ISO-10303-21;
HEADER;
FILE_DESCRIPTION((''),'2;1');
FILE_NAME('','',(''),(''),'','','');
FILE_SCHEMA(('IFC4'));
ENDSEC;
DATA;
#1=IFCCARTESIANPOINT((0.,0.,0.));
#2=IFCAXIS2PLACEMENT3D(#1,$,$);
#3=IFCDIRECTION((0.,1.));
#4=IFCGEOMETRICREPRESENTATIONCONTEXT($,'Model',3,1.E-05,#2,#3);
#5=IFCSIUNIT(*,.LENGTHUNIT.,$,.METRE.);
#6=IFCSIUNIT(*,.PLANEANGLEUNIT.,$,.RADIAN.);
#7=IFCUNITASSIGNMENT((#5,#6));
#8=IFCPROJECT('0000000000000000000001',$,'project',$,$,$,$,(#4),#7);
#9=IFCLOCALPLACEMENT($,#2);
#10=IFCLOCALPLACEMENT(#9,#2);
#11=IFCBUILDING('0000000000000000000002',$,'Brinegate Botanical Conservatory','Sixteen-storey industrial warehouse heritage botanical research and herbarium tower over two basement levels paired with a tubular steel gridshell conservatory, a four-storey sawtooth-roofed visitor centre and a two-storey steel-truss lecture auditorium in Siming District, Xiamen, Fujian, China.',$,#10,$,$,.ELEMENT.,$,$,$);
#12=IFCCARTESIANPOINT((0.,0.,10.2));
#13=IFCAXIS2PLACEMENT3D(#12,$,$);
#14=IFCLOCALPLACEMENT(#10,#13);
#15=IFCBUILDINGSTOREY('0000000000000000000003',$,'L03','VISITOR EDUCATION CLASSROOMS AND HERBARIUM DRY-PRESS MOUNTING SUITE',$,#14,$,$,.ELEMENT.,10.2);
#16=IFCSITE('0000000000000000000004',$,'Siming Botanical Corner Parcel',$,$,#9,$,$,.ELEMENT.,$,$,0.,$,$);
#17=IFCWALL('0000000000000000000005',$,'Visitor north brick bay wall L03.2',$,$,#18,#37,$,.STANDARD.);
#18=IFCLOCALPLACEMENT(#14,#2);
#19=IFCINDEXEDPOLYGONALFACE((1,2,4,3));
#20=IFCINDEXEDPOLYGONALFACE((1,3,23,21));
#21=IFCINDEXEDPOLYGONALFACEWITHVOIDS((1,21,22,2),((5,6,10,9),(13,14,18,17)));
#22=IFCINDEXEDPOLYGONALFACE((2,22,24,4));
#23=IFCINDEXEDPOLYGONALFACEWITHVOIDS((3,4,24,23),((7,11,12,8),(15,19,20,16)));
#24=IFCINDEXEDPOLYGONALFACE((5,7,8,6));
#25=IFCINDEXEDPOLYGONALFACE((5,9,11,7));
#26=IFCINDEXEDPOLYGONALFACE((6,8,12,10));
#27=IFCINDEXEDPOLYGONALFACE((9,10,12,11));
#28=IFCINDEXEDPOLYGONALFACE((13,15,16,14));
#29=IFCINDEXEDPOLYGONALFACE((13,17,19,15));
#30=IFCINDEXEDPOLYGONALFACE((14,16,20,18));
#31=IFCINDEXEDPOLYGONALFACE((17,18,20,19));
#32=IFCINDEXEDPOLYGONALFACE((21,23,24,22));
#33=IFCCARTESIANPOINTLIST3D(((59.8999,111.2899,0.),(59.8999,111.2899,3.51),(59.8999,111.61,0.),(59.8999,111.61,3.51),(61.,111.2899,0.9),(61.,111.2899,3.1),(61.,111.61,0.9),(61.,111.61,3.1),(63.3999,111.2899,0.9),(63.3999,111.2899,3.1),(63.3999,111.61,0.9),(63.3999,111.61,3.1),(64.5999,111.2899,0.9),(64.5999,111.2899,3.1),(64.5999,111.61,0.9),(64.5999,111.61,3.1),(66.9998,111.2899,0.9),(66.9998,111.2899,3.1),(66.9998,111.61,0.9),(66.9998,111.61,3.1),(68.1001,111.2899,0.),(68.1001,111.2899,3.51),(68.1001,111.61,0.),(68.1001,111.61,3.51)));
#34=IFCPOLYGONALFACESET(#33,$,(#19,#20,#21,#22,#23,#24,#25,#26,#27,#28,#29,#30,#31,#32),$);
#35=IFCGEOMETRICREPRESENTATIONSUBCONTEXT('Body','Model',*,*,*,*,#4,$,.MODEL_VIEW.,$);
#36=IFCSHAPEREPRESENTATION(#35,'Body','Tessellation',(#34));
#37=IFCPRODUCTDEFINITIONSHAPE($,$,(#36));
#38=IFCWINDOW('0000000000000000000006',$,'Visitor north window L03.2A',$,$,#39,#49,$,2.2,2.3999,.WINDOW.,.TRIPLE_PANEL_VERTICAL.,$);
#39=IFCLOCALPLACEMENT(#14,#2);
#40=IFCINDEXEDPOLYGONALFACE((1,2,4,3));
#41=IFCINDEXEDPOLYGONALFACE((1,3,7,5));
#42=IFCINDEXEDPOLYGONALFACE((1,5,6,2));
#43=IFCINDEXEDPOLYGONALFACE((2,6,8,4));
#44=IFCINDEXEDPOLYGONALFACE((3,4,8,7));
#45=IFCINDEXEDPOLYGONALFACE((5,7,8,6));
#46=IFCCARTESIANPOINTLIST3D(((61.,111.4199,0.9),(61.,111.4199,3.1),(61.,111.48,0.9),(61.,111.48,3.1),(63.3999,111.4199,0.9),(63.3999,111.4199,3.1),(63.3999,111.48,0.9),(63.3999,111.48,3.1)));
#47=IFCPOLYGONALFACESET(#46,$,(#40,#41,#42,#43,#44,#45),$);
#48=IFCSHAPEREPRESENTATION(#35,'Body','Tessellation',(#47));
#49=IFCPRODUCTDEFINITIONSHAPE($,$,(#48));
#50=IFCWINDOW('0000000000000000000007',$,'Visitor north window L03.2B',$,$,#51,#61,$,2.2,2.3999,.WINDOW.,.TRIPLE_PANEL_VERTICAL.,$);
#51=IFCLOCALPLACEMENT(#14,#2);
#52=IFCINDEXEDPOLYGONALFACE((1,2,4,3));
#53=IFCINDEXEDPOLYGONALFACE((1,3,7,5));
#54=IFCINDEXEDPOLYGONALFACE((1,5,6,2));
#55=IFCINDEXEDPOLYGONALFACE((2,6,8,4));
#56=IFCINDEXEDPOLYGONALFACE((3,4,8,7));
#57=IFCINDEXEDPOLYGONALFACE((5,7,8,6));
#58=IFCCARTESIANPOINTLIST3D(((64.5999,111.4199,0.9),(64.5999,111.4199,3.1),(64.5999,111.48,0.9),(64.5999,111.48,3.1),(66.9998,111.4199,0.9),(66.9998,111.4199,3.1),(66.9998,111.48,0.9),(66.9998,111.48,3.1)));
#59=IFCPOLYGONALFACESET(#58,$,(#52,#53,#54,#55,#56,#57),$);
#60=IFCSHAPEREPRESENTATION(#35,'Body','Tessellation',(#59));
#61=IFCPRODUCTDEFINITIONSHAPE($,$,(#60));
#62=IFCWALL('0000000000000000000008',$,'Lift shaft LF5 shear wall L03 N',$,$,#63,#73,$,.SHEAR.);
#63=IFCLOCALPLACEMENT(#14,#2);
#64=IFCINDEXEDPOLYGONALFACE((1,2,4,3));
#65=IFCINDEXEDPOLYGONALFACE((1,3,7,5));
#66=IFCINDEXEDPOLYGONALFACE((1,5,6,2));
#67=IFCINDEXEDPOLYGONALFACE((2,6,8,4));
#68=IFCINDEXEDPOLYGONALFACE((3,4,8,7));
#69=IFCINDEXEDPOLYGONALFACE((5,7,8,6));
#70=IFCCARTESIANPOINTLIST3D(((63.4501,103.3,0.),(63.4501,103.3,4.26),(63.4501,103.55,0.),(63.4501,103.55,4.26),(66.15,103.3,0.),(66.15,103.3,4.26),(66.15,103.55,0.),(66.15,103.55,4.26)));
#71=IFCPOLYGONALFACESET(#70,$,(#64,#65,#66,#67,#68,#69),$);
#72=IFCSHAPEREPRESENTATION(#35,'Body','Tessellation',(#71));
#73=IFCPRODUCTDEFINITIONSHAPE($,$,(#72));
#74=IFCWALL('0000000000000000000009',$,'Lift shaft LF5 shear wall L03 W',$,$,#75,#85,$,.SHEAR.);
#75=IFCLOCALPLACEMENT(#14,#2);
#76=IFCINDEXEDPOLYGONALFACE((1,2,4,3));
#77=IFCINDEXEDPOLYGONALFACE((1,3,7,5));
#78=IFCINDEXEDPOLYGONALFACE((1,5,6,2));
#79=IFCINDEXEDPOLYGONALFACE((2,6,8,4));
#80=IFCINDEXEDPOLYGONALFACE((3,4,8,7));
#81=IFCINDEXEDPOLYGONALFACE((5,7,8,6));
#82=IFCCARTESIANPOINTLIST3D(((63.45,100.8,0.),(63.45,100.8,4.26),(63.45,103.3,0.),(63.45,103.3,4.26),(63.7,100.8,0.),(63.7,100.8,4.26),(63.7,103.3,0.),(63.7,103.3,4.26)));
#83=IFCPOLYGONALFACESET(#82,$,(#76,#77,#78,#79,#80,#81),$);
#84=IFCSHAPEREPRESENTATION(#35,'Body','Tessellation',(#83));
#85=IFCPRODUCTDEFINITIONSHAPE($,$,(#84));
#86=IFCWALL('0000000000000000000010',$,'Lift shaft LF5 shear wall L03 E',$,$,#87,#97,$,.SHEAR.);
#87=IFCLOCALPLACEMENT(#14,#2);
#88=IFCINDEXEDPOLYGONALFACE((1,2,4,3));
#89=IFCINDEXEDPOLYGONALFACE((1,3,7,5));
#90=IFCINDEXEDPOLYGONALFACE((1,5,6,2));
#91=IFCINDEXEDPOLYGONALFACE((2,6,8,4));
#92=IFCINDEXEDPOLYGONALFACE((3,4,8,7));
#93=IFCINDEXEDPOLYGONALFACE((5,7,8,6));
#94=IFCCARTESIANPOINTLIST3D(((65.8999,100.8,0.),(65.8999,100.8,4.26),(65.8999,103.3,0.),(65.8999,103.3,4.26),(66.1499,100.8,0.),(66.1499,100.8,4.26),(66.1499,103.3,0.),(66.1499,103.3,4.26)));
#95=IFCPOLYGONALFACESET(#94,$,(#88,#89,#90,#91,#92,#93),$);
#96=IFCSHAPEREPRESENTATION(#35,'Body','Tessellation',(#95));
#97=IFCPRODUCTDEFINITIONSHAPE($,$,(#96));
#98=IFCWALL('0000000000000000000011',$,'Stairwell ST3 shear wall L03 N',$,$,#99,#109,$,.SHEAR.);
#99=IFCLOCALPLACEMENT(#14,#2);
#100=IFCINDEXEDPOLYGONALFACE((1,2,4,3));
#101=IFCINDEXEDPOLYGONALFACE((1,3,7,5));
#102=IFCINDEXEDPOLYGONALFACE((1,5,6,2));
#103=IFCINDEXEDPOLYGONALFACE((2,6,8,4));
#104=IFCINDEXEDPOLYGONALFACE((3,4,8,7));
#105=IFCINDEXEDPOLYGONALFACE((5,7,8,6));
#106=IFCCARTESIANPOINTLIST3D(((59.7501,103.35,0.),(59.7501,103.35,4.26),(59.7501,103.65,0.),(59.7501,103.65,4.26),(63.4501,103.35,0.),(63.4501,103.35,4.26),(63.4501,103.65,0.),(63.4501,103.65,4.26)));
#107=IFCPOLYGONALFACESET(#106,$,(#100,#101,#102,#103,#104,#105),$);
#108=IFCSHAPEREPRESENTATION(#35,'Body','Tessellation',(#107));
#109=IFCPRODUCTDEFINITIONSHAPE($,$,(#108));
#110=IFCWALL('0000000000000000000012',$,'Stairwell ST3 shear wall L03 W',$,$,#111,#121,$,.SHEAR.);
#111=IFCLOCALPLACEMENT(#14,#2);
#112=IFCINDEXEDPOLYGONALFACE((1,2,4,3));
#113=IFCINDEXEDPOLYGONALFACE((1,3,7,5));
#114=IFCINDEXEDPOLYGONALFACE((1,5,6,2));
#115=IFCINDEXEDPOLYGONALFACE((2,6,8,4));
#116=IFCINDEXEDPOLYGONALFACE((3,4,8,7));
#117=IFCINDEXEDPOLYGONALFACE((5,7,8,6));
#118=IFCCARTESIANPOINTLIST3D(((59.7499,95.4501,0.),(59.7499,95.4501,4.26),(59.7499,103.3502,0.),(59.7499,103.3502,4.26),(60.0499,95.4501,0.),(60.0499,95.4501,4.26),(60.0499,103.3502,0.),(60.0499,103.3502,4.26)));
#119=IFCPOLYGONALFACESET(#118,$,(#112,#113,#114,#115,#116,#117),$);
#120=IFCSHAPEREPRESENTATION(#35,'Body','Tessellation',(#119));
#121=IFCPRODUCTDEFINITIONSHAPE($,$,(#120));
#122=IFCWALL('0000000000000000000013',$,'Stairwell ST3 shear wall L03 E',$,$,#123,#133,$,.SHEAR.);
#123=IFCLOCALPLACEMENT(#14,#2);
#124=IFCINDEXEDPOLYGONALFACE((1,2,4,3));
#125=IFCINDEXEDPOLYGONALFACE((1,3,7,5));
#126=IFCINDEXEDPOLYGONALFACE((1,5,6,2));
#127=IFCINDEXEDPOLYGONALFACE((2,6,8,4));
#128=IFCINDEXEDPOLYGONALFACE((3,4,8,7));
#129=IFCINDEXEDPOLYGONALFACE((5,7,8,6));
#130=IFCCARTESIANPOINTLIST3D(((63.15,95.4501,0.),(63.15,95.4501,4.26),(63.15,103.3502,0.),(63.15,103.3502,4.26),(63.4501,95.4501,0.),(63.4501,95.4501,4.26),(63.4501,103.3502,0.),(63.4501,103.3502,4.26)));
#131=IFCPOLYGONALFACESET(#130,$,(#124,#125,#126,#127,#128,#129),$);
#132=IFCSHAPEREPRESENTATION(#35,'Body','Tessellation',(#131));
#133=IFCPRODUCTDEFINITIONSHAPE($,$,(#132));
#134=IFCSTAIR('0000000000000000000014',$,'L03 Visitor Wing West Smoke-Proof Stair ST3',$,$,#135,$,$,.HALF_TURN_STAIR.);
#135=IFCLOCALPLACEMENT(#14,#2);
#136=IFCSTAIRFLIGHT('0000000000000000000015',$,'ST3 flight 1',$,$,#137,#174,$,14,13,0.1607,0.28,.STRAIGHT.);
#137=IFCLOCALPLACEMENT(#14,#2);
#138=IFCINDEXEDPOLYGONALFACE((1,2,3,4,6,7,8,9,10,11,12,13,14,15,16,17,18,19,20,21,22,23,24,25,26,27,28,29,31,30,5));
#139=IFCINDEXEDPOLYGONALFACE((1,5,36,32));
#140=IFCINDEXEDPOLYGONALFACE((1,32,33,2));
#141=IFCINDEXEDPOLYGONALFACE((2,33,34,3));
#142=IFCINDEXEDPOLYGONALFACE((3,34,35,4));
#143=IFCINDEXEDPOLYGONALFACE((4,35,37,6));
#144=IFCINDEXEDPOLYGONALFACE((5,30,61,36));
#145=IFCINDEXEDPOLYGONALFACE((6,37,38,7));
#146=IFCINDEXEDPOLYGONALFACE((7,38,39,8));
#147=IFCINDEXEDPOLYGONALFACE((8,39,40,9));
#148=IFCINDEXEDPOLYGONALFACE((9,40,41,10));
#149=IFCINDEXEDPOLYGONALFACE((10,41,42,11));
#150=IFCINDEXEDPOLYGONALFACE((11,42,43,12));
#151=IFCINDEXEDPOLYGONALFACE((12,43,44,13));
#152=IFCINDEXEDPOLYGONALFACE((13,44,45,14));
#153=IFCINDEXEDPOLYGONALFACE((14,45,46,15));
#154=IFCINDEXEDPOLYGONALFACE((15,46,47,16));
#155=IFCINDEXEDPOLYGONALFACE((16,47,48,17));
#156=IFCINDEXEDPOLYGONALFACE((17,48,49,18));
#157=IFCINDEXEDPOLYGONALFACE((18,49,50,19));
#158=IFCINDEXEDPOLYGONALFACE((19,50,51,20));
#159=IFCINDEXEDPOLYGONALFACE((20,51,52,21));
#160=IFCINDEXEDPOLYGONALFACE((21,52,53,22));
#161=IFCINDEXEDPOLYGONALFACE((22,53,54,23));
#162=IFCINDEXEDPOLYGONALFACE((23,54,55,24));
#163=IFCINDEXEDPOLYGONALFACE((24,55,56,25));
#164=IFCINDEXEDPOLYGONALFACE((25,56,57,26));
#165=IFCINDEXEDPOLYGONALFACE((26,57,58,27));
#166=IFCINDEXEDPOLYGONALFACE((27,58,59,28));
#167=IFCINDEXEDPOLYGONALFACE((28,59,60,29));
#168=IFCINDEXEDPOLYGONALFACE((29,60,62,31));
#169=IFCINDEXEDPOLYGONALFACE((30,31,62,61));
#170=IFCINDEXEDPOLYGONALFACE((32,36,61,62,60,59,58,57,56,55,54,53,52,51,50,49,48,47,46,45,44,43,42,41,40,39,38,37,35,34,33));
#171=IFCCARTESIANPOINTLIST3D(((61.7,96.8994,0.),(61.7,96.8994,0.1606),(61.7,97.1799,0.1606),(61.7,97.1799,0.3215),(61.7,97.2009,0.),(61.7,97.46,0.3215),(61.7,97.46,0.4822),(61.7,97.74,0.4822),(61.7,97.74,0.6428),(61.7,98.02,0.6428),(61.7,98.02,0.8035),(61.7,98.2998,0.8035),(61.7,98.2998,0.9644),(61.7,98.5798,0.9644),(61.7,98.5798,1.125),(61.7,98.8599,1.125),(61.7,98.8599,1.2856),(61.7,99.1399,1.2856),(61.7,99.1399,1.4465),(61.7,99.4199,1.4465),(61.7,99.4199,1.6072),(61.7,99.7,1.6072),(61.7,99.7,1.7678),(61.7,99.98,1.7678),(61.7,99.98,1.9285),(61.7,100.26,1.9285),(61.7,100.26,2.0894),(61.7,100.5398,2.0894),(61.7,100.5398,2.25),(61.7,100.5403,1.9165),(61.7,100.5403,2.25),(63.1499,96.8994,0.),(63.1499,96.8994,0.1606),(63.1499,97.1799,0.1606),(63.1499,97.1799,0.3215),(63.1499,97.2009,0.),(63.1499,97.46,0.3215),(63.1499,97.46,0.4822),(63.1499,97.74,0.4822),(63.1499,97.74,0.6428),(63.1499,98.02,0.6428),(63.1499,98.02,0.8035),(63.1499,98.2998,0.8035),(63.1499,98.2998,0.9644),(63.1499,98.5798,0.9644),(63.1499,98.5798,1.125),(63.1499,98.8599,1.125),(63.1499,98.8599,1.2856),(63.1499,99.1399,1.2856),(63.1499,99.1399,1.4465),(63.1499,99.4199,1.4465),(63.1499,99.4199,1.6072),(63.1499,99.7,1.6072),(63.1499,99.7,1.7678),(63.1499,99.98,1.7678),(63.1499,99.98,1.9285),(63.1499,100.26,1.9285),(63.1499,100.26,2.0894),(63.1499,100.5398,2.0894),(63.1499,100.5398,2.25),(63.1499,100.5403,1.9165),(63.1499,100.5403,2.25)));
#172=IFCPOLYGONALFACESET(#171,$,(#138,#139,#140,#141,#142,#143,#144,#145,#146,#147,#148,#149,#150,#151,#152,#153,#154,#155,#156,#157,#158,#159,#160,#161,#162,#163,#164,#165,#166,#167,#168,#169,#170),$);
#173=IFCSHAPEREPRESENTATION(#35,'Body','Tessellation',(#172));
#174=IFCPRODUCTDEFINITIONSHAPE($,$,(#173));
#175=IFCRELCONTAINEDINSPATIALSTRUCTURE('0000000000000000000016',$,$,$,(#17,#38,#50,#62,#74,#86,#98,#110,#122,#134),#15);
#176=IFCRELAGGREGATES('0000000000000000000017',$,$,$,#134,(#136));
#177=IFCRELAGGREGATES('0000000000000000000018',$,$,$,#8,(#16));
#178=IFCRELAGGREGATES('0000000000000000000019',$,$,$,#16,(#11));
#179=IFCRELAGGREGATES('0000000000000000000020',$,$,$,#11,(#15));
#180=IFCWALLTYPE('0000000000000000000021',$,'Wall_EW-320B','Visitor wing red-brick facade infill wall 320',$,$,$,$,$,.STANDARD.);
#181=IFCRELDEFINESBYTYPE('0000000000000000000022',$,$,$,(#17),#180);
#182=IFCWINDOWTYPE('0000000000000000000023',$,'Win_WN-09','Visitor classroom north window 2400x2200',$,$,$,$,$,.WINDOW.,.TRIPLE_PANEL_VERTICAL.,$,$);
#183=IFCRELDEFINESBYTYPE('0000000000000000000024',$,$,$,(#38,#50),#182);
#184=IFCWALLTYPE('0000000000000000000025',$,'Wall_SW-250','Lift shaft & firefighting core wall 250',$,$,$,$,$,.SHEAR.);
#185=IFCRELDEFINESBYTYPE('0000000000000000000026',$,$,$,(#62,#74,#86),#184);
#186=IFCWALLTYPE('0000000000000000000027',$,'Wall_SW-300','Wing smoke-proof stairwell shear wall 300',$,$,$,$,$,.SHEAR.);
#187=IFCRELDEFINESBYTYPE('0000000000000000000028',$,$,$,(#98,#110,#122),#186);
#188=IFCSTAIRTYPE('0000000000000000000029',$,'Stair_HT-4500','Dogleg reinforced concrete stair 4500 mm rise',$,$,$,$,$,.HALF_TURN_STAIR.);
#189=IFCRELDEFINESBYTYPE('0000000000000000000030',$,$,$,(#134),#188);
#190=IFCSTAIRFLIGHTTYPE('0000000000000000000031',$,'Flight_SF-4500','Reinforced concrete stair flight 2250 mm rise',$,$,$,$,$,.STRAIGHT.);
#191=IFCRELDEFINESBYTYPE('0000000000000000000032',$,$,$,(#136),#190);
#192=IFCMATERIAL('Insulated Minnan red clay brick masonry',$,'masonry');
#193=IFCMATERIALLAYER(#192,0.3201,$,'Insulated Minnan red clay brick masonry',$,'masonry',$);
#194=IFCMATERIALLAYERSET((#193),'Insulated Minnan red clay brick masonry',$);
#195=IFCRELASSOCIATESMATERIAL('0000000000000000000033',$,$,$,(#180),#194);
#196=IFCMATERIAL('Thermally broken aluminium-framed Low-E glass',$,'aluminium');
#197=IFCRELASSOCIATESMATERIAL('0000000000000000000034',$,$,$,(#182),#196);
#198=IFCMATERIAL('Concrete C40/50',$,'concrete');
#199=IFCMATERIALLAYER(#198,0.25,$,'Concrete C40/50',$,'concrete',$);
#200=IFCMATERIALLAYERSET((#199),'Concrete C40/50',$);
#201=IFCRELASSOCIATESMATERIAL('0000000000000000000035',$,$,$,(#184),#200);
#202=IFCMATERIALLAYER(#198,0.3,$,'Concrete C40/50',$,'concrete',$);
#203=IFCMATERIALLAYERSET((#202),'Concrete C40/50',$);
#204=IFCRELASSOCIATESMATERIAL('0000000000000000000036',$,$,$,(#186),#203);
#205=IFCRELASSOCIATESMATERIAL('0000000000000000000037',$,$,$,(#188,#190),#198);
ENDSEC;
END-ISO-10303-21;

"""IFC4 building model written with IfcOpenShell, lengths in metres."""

from ifc_helpers import new_model, si_unit, direction, frame, frame_2d, origin, place, context, subcontext, project, spatial, polyline, rectangle, outline, extrude, material, layer, layer_set, type_object, element, fill, aggregate, save


model = new_model("IFC4")

# Units and contexts
model_context = context("Model", 3, precision=1e-05, world=origin(), true_north=direction((0.0, 1.0)))
body_context = subcontext(model_context, "Body", "Model", "MODEL_VIEW")
ifc_project = project(units=[si_unit("LENGTHUNIT", "METRE"), si_unit("PLANEANGLEUNIT", "RADIAN")], contexts=[model_context])

# Site, building, storey
site_placement = place(None, origin())
site = spatial("IfcSite", under=ifc_project, at=site_placement, Name="Siming Botanical Corner Parcel", CompositionType="ELEMENT", RefElevation=0.0)
building_placement = place(site_placement, origin())
building = spatial("IfcBuilding", under=site, at=building_placement, Name="Brinegate Botanical Conservatory", Description="Sixteen-storey industrial warehouse heritage botanical research and herbarium tower over two basement levels paired with a tubular steel gridshell conservatory, a four-storey sawtooth-roofed visitor centre and a two-storey steel-truss lecture auditorium in Siming District, Xiamen, Fujian, China.", CompositionType="ELEMENT")
storey_placement = place(building_placement, frame((0.0, 0.0, 10.2)))
storey = spatial("IfcBuildingStorey", under=building, at=storey_placement, Name="L03", Description="VISITOR EDUCATION CLASSROOMS AND HERBARIUM DRY-PRESS MOUNTING SUITE", CompositionType="ELEMENT", Elevation=10.2)

# Shared definitions
ifc_material_1 = material(Name="Concrete C40/50", Category="concrete")

# Wall, openings, windows
ifc_material_2 = material(Name="Insulated Minnan red clay brick masonry", Category="masonry")
ifc_layer_1 = layer(ifc_material_2, 0.3201, Name="Insulated Minnan red clay brick masonry", Category="masonry")
ifc_layer_set_1 = layer_set([ifc_layer_1], Name="Insulated Minnan red clay brick masonry")
wall_type_1 = type_object("IfcWallType", Name="Wall_EW-320B", Description="Visitor wing red-brick facade infill wall 320", PredefinedType="STANDARD", material=ifc_layer_set_1)
wall_1_placement = place(storey_placement, frame((59.8999, 111.45, 0.0), z_axis=(0.0, 0.0, 1.0), x_axis=(1.0, 0.0, 0.0)))
wall_1 = element("IfcWall", 1, at=wall_1_placement, inside=storey, type_object=wall_type_1, Name="Visitor north brick bay wall L03.2", PredefinedType="STANDARD", context=body_context, shape_type="SweptSolid", body=[
    extrude(rectangle(XDim=8.2002, YDim=0.3201, at=frame_2d((4.1001, 0.0))), origin(), (0.0, 0.0, 1.0), 3.51),
])
opening_1_placement = place(wall_1_placement, frame((1.1001, 0.0, 0.8999)))
opening_1 = element("IfcOpeningElement", 2, at=opening_1_placement, cuts=wall_1, PredefinedType="OPENING", context=body_context, shape_type="SweptSolid", body=[
    extrude(rectangle(XDim=2.3999, YDim=2.2, at=frame_2d((1.2, 1.1001))), frame((0.0, 0.1699, 0.0), z_axis=(0.0, -1.0, 0.0), x_axis=(1.0, 0.0, 0.0)), (0.0, 0.0, 1.0), 0.3401),
])
opening_2_placement = place(wall_1_placement, frame((4.7, 0.0, 0.8999)))
opening_2 = element("IfcOpeningElement", 3, at=opening_2_placement, cuts=wall_1, PredefinedType="OPENING", context=body_context, shape_type="SweptSolid", body=[
    extrude(rectangle(XDim=2.3999, YDim=2.2, at=frame_2d((1.2, 1.1001))), frame((0.0, 0.1699, 0.0), z_axis=(0.0, -1.0, 0.0), x_axis=(1.0, 0.0, 0.0)), (0.0, 0.0, 1.0), 0.3401),
])
ifc_material_3 = material(Name="Thermally broken aluminium-framed Low-E glass", Category="aluminium")
window_type = type_object("IfcWindowType", Name="Win_WN-09", Description="Visitor classroom north window 2400x2200", PartitioningType="TRIPLE_PANEL_VERTICAL", PredefinedType="WINDOW", material=ifc_material_3)
window_1_placement = place(opening_1_placement, origin())
window_1 = element("IfcWindow", 4, at=window_1_placement, inside=storey, type_object=window_type, Name="Visitor north window L03.2A", OverallHeight=2.2, OverallWidth=2.3999, PartitioningType="TRIPLE_PANEL_VERTICAL", PredefinedType="WINDOW", context=body_context, shape_type="SweptSolid", body=[
    extrude(rectangle(XDim=2.3999, YDim=2.2, at=frame_2d((1.2, 1.1001))), frame((0.0, 0.03, 0.0), z_axis=(0.0, -1.0, 0.0), x_axis=(1.0, 0.0, 0.0)), (0.0, 0.0, 1.0), 0.0601),
])
fill(opening_1, window_1)
window_2_placement = place(opening_2_placement, origin())
window_2 = element("IfcWindow", 5, at=window_2_placement, inside=storey, type_object=window_type, Name="Visitor north window L03.2B", OverallHeight=2.2, OverallWidth=2.3999, PartitioningType="TRIPLE_PANEL_VERTICAL", PredefinedType="WINDOW", context=body_context, shape_type="SweptSolid", body=[
    extrude(rectangle(XDim=2.3999, YDim=2.2, at=frame_2d((1.2, 1.1001))), frame((0.0, 0.03, 0.0), z_axis=(0.0, -1.0, 0.0), x_axis=(1.0, 0.0, 0.0)), (0.0, 0.0, 1.0), 0.0601),
])
fill(opening_2, window_2)

# Shared definitions
ifc_layer_2 = layer(ifc_material_1, 0.25, Name="Concrete C40/50", Category="concrete")
ifc_layer_set_2 = layer_set([ifc_layer_2], Name="Concrete C40/50")
wall_type_2 = type_object("IfcWallType", Name="Wall_SW-250", Description="Lift shaft & firefighting core wall 250", PredefinedType="SHEAR", material=ifc_layer_set_2)

# Walls
wall_2_placement = place(storey_placement, frame((63.45, 103.425, 0.0), z_axis=(0.0, 0.0, 1.0), x_axis=(1.0, 0.0, 0.0)))
element("IfcWall", 6, at=wall_2_placement, inside=storey, type_object=wall_type_2, Name="Lift shaft LF5 shear wall L03 N", PredefinedType="SHEAR", context=body_context, shape_type="SweptSolid", body=[
    extrude(rectangle(XDim=2.7, YDim=0.25, at=frame_2d((1.3501, 0.0))), origin(), (0.0, 0.0, 1.0), 4.26),
])
for number, where, z_axis, x_axis, name in (
    (7, (63.575, 100.8, 0.0), (0.0, 0.0, 1.0), (0.0, 1.0, 0.0), "Lift shaft LF5 shear wall L03 W"),
    (8, (66.0249, 100.8, 0.0), (0.0, 0.0, 1.0), (0.0, 1.0, 0.0), "Lift shaft LF5 shear wall L03 E"),
):
    element("IfcWall", number, at=place(storey_placement, frame(where, z_axis=z_axis, x_axis=x_axis)), inside=storey, type_object=wall_type_2, Name=name, PredefinedType="SHEAR", context=body_context, shape_type="SweptSolid", body=[
        extrude(rectangle(XDim=2.5, YDim=0.25, at=frame_2d((1.25, 0.0))), origin(), (0.0, 0.0, 1.0), 4.26),
    ])

# Shared definitions
ifc_layer_3 = layer(ifc_material_1, 0.3, Name="Concrete C40/50", Category="concrete")
ifc_layer_set_3 = layer_set([ifc_layer_3], Name="Concrete C40/50")
wall_type_3 = type_object("IfcWallType", Name="Wall_SW-300", Description="Wing smoke-proof stairwell shear wall 300", PredefinedType="SHEAR", material=ifc_layer_set_3)

# Walls
wall_3_placement = place(storey_placement, frame((59.75, 103.5, 0.0), z_axis=(0.0, 0.0, 1.0), x_axis=(1.0, 0.0, 0.0)))
element("IfcWall", 9, at=wall_3_placement, inside=storey, type_object=wall_type_3, Name="Stairwell ST3 shear wall L03 N", PredefinedType="SHEAR", context=body_context, shape_type="SweptSolid", body=[
    extrude(rectangle(XDim=3.7, YDim=0.3, at=frame_2d((1.8501, 0.0))), origin(), (0.0, 0.0, 1.0), 4.26),
])
for number, where, z_axis, x_axis, name in (
    (10, (59.8999, 95.45, 0.0), (0.0, 0.0, 1.0), (0.0, 1.0, 0.0), "Stairwell ST3 shear wall L03 W"),
    (11, (63.3, 95.45, 0.0), (0.0, 0.0, 1.0), (0.0, 1.0, 0.0), "Stairwell ST3 shear wall L03 E"),
):
    element("IfcWall", number, at=place(storey_placement, frame(where, z_axis=z_axis, x_axis=x_axis)), inside=storey, type_object=wall_type_3, Name=name, PredefinedType="SHEAR", context=body_context, shape_type="SweptSolid", body=[
        extrude(rectangle(XDim=7.9001, YDim=0.3, at=frame_2d((3.9502, 0.0))), origin(), (0.0, 0.0, 1.0), 4.26),
    ])

# Stair, stair flight
stair_type = type_object("IfcStairType", Name="Stair_HT-4500", Description="Dogleg reinforced concrete stair 4500 mm rise", PredefinedType="HALF_TURN_STAIR", material=ifc_material_1)
stair_placement = place(storey_placement, origin())
stair = element("IfcStair", 12, at=stair_placement, inside=storey, type_object=stair_type, Name="L03 Visitor Wing West Smoke-Proof Stair ST3", PredefinedType="HALF_TURN_STAIR")
stair_flight_type = type_object("IfcStairFlightType", Name="Flight_SF-4500", Description="Reinforced concrete stair flight 2250 mm rise", PredefinedType="STRAIGHT", material=ifc_material_1)
stair_flight_1_placement = place(storey_placement, frame((62.425, 96.8999, 0.0), z_axis=(0.0, 0.0, 1.0), x_axis=(0.0, 1.0, 0.0)))
stair_flight_1 = element("IfcStairFlight", 13, at=stair_flight_1_placement, type_object=stair_flight_type, Name="ST3 flight 1", NumberOfRisers=14, NumberOfTreads=13, PredefinedType="STRAIGHT", RiserHeight=0.1607, TreadLength=0.28, context=body_context, shape_type="SweptSolid", body=[
    extrude(outline(polyline([(-0.0005, 0.0), (-0.0005, 0.1606), (0.28, 0.1606), (0.28, 0.3215), (0.5601, 0.3215), (0.5601, 0.4822), (0.8401, 0.4822), (0.8401, 0.6428), (1.1201, 0.6428), (1.1201, 0.8035), (1.3999, 0.8035), (1.3999, 0.9644), (1.6799, 0.9644), (1.6799, 1.125), (1.96, 1.125), (1.96, 1.2856), (2.24, 1.2856), (2.24, 1.4465), (2.52, 1.4465), (2.52, 1.6072), (2.8, 1.6072), (2.8, 1.7678), (3.0801, 1.7678), (3.0801, 1.9285), (3.3601, 1.9285), (3.3601, 2.0894), (3.6399, 2.0894), (3.6399, 2.25), (3.6404, 2.25), (3.6404, 1.9165), (0.301, 0.0), (-0.0005, 0.0)])), frame((0.0, 0.7251, 0.0), z_axis=(0.0, -1.0, 0.0), x_axis=(1.0, 0.0, 0.0)), (0.0, 0.0, 1.0), 1.45),
])
aggregate(stair, [stair_flight_1])

save(model, "model.ifc")
